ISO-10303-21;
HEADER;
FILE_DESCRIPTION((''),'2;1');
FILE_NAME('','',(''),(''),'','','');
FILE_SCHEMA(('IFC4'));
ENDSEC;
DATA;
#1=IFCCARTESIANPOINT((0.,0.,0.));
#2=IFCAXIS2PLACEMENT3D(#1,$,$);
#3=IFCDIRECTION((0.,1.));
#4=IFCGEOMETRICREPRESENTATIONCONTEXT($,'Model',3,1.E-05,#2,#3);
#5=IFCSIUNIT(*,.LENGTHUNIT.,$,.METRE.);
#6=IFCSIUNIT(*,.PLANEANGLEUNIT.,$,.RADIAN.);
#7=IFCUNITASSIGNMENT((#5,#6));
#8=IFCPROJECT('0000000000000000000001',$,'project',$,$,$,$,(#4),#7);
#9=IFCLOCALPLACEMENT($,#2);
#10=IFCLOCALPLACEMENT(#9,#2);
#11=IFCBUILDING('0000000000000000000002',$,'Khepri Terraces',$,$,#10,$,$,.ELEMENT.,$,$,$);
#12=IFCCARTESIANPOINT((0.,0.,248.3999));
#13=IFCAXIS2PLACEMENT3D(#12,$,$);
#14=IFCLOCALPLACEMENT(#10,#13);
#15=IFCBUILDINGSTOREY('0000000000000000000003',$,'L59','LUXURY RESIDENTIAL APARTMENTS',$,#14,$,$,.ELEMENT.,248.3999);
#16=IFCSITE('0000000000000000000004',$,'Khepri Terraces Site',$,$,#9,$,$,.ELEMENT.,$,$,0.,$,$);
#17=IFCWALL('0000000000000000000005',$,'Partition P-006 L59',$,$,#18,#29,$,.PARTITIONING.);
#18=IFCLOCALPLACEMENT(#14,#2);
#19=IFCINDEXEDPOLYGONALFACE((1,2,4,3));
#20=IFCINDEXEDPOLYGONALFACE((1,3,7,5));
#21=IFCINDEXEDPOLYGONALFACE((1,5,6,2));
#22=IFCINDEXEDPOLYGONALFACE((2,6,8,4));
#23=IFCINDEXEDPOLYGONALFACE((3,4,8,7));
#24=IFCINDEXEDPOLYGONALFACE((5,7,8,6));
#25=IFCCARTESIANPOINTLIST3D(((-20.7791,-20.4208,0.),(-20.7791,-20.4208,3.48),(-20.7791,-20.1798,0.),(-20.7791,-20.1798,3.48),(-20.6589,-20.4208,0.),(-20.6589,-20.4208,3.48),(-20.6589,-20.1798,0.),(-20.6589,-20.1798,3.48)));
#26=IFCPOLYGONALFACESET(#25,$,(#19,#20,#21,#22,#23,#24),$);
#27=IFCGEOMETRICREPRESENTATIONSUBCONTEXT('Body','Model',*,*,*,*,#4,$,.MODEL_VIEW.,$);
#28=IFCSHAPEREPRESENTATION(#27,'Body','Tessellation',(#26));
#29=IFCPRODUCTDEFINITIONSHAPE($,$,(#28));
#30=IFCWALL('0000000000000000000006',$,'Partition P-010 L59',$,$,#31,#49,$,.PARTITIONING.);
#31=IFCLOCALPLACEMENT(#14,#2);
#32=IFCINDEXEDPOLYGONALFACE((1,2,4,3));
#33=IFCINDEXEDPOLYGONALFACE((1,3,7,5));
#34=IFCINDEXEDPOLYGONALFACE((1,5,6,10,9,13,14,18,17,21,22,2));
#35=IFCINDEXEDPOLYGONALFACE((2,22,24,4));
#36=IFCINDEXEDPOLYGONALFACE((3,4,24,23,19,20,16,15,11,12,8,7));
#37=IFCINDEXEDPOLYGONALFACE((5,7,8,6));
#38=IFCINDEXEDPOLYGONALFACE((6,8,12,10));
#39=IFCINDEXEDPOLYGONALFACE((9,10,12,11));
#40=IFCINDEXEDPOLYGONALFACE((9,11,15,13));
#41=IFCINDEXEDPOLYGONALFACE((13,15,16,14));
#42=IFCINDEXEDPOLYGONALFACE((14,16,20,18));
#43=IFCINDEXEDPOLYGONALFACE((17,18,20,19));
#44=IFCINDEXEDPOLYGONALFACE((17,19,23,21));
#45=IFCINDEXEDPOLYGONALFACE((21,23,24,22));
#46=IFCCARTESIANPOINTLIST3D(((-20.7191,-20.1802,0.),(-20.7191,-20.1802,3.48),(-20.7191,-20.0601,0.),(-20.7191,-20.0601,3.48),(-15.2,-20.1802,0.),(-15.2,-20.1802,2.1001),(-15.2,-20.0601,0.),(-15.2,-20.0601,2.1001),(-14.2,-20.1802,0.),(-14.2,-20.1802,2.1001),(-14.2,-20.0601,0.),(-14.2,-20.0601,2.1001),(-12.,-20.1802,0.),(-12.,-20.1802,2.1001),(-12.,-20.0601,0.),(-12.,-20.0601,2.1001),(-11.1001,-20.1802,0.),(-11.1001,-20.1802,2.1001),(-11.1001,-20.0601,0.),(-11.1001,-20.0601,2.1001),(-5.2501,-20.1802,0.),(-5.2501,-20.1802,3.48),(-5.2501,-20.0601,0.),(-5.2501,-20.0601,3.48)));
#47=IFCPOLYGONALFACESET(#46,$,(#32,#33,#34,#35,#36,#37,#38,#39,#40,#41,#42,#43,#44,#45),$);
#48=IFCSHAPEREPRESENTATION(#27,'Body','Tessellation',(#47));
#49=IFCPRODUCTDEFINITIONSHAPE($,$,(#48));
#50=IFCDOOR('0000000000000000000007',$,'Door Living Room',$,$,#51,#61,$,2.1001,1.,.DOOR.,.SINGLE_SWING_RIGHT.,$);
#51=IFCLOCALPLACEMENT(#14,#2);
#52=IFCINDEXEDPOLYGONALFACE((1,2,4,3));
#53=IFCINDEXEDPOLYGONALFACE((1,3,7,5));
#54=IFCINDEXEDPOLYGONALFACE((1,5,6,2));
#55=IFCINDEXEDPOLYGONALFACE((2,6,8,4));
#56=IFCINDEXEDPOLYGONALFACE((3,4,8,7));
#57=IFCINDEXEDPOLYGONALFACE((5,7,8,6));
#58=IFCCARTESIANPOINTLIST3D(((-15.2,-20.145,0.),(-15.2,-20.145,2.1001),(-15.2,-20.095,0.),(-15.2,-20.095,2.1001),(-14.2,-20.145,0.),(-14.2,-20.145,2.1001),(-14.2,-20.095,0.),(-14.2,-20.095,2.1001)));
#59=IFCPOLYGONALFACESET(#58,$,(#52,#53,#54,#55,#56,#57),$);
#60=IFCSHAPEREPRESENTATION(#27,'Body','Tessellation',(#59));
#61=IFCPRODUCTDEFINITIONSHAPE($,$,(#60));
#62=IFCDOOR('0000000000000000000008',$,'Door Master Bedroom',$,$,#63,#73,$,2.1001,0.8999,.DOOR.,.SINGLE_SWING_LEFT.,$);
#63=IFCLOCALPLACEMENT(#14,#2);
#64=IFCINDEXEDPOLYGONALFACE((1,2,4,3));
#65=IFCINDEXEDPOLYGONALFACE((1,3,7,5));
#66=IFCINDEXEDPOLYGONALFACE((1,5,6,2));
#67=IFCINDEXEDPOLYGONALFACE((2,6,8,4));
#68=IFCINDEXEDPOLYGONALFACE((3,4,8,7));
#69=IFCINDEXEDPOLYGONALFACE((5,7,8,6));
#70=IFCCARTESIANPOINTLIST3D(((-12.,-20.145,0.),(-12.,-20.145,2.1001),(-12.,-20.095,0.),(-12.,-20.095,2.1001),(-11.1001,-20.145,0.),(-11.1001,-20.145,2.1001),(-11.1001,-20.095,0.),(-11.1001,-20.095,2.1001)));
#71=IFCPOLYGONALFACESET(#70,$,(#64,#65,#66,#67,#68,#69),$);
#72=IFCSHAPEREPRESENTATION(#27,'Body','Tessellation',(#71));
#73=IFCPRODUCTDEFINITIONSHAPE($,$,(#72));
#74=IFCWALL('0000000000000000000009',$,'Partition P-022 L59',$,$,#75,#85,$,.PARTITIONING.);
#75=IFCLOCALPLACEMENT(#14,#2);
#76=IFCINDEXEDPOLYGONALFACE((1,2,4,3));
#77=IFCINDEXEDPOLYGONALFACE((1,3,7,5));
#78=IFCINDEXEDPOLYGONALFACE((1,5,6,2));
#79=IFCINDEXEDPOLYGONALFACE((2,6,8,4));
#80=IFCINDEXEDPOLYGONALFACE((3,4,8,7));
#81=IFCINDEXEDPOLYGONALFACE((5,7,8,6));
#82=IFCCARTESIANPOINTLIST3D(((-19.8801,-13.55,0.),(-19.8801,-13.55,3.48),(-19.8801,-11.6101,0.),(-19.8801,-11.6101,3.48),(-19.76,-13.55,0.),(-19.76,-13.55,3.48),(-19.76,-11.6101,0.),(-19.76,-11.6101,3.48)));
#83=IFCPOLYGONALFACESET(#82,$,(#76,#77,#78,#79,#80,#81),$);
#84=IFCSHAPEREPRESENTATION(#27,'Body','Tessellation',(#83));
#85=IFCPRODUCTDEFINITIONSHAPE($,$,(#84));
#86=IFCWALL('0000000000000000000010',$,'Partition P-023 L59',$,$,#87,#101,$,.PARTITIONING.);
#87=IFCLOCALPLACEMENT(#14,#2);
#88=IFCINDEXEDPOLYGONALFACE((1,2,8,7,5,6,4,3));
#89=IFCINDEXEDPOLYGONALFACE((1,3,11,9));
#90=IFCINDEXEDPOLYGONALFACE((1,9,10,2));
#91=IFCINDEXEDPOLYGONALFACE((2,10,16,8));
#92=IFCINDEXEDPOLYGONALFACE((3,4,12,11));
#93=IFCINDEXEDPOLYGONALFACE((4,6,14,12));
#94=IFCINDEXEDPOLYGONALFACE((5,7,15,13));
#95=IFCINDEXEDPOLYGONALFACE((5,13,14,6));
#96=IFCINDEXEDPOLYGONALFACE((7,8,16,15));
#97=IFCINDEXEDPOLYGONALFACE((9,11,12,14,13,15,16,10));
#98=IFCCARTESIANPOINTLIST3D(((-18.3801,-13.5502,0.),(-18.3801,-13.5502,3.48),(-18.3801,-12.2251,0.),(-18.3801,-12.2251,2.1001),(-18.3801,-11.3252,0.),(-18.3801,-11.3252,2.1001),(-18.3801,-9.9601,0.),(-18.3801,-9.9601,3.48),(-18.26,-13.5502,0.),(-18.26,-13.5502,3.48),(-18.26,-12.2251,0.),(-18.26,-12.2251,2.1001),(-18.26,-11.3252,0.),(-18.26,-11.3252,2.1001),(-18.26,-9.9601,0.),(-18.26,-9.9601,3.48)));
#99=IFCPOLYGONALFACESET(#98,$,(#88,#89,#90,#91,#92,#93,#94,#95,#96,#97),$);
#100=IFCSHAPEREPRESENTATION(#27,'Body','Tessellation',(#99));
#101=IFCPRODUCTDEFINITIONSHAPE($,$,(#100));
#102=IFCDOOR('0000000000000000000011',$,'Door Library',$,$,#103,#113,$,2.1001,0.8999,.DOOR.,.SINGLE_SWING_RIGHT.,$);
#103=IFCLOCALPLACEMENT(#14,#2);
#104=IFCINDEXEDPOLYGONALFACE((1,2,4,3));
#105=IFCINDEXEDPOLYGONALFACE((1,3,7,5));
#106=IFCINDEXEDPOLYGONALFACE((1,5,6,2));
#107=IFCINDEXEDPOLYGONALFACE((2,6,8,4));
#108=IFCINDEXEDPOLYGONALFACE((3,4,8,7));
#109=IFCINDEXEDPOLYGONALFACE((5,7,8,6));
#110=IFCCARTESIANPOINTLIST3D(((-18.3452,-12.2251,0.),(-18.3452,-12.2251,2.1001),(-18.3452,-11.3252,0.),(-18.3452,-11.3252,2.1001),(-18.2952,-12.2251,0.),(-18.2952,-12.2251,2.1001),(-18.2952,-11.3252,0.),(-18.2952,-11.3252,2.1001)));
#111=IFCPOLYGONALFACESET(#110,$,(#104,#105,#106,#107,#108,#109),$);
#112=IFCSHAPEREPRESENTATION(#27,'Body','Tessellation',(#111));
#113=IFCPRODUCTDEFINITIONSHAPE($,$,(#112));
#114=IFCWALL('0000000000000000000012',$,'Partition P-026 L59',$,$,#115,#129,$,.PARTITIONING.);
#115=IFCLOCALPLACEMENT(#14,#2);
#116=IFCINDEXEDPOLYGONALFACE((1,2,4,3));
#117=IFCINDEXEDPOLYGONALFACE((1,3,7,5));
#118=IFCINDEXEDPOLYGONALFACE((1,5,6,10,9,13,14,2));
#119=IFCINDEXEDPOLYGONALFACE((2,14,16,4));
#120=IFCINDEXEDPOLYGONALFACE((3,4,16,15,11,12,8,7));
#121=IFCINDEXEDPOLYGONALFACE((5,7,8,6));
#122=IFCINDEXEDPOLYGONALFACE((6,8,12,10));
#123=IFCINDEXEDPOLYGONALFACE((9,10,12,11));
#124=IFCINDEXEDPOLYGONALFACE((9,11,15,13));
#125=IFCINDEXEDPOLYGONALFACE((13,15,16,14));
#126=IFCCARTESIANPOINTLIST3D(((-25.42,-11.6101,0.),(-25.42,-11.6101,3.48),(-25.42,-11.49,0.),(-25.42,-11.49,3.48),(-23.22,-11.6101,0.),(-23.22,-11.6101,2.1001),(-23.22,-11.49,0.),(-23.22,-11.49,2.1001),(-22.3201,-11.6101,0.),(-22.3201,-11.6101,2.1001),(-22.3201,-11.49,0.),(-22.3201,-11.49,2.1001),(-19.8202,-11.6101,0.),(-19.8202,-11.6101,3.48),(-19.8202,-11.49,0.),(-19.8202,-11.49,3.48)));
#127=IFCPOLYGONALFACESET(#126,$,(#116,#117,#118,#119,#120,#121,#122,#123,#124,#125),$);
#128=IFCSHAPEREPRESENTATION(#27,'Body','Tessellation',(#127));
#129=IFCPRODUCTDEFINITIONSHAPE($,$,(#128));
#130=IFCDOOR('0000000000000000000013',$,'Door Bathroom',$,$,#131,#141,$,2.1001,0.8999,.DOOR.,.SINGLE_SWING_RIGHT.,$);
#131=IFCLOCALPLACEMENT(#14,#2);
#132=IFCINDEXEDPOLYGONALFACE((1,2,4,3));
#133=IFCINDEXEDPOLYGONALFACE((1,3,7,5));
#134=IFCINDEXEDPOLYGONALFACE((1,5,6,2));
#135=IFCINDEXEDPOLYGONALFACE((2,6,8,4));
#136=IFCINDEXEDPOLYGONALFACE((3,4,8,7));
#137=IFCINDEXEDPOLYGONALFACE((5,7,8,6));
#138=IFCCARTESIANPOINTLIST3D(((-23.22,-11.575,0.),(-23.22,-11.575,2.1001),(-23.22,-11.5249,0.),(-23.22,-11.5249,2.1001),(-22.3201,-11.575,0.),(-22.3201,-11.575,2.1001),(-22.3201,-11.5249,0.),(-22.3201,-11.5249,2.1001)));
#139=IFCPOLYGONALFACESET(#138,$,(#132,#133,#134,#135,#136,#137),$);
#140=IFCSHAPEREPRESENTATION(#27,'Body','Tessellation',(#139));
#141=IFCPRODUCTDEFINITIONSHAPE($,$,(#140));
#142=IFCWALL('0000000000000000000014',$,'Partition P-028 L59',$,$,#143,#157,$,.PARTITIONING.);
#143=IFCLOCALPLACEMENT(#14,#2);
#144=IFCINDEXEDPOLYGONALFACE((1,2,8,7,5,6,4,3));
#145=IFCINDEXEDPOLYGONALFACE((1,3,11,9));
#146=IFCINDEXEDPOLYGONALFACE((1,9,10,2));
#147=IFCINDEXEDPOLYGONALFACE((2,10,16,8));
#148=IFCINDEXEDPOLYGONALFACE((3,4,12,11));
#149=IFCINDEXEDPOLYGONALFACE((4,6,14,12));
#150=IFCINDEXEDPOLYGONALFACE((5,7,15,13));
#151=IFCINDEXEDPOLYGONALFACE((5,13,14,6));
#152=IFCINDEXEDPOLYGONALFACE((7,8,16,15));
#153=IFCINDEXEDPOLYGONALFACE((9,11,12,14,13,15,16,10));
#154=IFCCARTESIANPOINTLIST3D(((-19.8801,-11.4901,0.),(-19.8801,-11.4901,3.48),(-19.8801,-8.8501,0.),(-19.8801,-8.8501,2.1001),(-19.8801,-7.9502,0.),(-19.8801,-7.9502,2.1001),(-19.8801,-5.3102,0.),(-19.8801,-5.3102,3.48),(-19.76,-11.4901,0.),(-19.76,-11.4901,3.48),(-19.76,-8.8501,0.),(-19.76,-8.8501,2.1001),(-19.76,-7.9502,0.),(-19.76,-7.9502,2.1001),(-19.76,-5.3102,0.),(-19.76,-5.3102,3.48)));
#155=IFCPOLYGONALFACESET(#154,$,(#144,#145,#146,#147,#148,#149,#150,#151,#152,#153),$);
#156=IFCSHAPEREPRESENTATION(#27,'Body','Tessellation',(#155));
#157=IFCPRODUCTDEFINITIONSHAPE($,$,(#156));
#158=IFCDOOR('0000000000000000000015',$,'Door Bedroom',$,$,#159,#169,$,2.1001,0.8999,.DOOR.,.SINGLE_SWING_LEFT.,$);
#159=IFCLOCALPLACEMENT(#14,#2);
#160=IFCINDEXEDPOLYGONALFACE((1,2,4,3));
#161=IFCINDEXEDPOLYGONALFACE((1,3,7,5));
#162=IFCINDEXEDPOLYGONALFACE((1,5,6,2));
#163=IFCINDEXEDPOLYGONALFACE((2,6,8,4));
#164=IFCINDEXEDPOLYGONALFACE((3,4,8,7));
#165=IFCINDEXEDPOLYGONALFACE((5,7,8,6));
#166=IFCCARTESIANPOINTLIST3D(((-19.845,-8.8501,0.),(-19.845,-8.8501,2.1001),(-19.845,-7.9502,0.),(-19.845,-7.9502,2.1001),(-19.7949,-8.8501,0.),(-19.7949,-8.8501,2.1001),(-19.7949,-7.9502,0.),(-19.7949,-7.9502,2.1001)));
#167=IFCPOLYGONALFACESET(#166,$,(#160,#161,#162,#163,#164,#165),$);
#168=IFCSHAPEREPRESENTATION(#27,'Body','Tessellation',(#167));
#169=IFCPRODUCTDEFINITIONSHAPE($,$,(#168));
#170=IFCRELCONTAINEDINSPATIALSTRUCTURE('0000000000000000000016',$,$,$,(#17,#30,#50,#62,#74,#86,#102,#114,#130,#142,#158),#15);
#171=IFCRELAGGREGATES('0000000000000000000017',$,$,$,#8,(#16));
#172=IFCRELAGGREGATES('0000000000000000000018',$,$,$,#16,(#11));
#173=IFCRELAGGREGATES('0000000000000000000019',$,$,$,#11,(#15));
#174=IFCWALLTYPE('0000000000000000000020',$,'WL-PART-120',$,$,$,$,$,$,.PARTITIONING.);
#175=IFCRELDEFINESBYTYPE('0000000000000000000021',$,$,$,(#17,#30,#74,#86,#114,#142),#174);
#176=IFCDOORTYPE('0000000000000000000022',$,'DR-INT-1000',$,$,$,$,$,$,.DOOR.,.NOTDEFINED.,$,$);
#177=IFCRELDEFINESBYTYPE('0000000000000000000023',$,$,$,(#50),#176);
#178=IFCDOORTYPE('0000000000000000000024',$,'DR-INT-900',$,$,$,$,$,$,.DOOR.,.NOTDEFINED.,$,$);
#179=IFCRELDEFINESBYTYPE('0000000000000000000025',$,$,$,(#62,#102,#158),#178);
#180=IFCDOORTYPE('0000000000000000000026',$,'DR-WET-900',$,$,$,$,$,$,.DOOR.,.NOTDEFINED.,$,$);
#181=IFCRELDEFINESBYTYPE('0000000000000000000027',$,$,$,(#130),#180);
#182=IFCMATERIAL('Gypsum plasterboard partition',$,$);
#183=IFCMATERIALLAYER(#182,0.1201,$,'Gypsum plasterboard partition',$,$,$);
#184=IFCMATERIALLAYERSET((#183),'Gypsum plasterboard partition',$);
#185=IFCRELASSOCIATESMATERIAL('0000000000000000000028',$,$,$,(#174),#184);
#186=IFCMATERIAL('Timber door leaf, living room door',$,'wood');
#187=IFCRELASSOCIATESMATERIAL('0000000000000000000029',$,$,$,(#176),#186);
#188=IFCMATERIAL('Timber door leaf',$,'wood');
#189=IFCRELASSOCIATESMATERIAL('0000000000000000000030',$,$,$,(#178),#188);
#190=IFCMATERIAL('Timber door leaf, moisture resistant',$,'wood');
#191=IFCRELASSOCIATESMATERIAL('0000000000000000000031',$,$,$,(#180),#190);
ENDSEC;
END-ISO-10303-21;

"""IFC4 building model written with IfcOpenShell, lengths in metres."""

from ifc_helpers import new_model, si_unit, direction, frame, frame_2d, origin, place, context, subcontext, project, spatial, rectangle, extrude, material, layer, layer_set, type_object, element, fill, save


model = new_model("IFC4")

# Units and contexts
model_context = context("Model", 3, precision=1e-05, world=origin(), true_north=direction((0.0, 1.0)))
body_context = subcontext(model_context, "Body", "Model", "MODEL_VIEW")
ifc_project = project(units=[si_unit("LENGTHUNIT", "METRE"), si_unit("PLANEANGLEUNIT", "RADIAN")], contexts=[model_context])

# Site, building, storey
site_placement = place(None, origin())
site = spatial("IfcSite", under=ifc_project, at=site_placement, Name="Khepri Terraces Site", CompositionType="ELEMENT", RefElevation=0.0)
building_placement = place(site_placement, origin())
building = spatial("IfcBuilding", under=site, at=building_placement, Name="Khepri Terraces", CompositionType="ELEMENT")
storey_placement = place(building_placement, frame((0.0, 0.0, 248.3999)))
storey = spatial("IfcBuildingStorey", under=building, at=storey_placement, Name="L59", Description="LUXURY RESIDENTIAL APARTMENTS", CompositionType="ELEMENT", Elevation=248.3999)

# Wall
ifc_material_1 = material(Name="Gypsum plasterboard partition")
ifc_layer_1 = layer(ifc_material_1, 0.1201, Name="Gypsum plasterboard partition")
ifc_layer_set_1 = layer_set([ifc_layer_1], Name="Gypsum plasterboard partition")
wall_type_1 = type_object("IfcWallType", Name="WL-PART-120", PredefinedType="PARTITIONING", material=ifc_layer_set_1)
wall_1_placement = place(storey_placement, frame((-20.719, -20.4209, 0.0), z_axis=(0.0, 0.0, 1.0), x_axis=(0.0, 1.0, 0.0)))
element("IfcWall", 1, at=wall_1_placement, inside=storey, type_object=wall_type_1, Name="Partition P-006 L59", PredefinedType="PARTITIONING", context=body_context, shape_type="SweptSolid", body=[
    extrude(rectangle(XDim=0.241, YDim=0.1201, at=frame_2d((0.1206, 0.0))), origin(), (0.0, 0.0, 1.0), 3.48),
])

# Wall, openings, doors
wall_2_placement = place(storey_placement, frame((-20.719, -20.1201, 0.0), z_axis=(0.0, 0.0, 1.0), x_axis=(1.0, 0.0, 0.0)))
wall_2 = element("IfcWall", 2, at=wall_2_placement, inside=storey, type_object=wall_type_1, Name="Partition P-010 L59", PredefinedType="PARTITIONING", context=body_context, shape_type="SweptSolid", body=[
    extrude(rectangle(XDim=15.469, YDim=0.1201, at=frame_2d((7.7344, 0.0))), origin(), (0.0, 0.0, 1.0), 3.48),
])
opening_1_placement = place(wall_2_placement, frame((5.519, 0.0, 0.0)))
opening_1 = element("IfcOpeningElement", 3, at=opening_1_placement, cuts=wall_2, PredefinedType="OPENING", context=body_context, shape_type="SweptSolid", body=[
    extrude(rectangle(XDim=1.0, YDim=2.1001, at=frame_2d((0.5, 1.05))), frame((0.0, 0.0701, 0.0), z_axis=(0.0, -1.0, 0.0), x_axis=(1.0, 0.0, 0.0)), (0.0, 0.0, 1.0), 0.1401),
])
opening_2_placement = place(wall_2_placement, frame((8.719, 0.0, 0.0)))
opening_2 = element("IfcOpeningElement", 4, at=opening_2_placement, cuts=wall_2, PredefinedType="OPENING", context=body_context, shape_type="SweptSolid", body=[
    extrude(rectangle(XDim=0.8999, YDim=2.1001, at=frame_2d((0.45, 1.05))), frame((0.0, 0.0701, 0.0), z_axis=(0.0, -1.0, 0.0), x_axis=(1.0, 0.0, 0.0)), (0.0, 0.0, 1.0), 0.1401),
])
ifc_material_2 = material(Name="Timber door leaf, living room door", Category="wood")
door_type_1 = type_object("IfcDoorType", Name="DR-INT-1000", OperationType="NOTDEFINED", PredefinedType="DOOR", material=ifc_material_2)
door_1_placement = place(opening_1_placement, frame((1.0, 0.0, 0.0), z_axis=(0.0, 0.0, 1.0), x_axis=(-1.0, 0.0, 0.0)))
door_1 = element("IfcDoor", 5, at=door_1_placement, inside=storey, type_object=door_type_1, Name="Door Living Room", OperationType="SINGLE_SWING_RIGHT", OverallHeight=2.1001, OverallWidth=1.0, PredefinedType="DOOR", context=body_context, shape_type="SweptSolid", body=[
    extrude(rectangle(XDim=1.0, YDim=2.1001, at=frame_2d((0.5, 1.05))), frame((0.0, 0.0249, 0.0), z_axis=(0.0, -1.0, 0.0), x_axis=(1.0, 0.0, 0.0)), (0.0, 0.0, 1.0), 0.05),
])
fill(opening_1, door_1)
ifc_material_3 = material(Name="Timber door leaf", Category="wood")
door_type_2 = type_object("IfcDoorType", Name="DR-INT-900", OperationType="NOTDEFINED", PredefinedType="DOOR", material=ifc_material_3)
door_2_placement = place(opening_2_placement, frame((0.8999, 0.0, 0.0), z_axis=(0.0, 0.0, 1.0), x_axis=(-1.0, 0.0, 0.0)))
door_2 = element("IfcDoor", 6, at=door_2_placement, inside=storey, type_object=door_type_2, Name="Door Master Bedroom", OperationType="SINGLE_SWING_LEFT", OverallHeight=2.1001, OverallWidth=0.8999, PredefinedType="DOOR", context=body_context, shape_type="SweptSolid", body=[
    extrude(rectangle(XDim=0.8999, YDim=2.1001, at=frame_2d((0.45, 1.05))), frame((0.0, 0.0249, 0.0), z_axis=(0.0, -1.0, 0.0), x_axis=(1.0, 0.0, 0.0)), (0.0, 0.0, 1.0), 0.05),
])
fill(opening_2, door_2)

# Wall
wall_3_placement = place(storey_placement, frame((-19.8201, -13.55, 0.0), z_axis=(0.0, 0.0, 1.0), x_axis=(0.0, 1.0, 0.0)))
element("IfcWall", 7, at=wall_3_placement, inside=storey, type_object=wall_type_1, Name="Partition P-022 L59", PredefinedType="PARTITIONING", context=body_context, shape_type="SweptSolid", body=[
    extrude(rectangle(XDim=1.9399, YDim=0.1201, at=frame_2d((0.97, 0.0))), origin(), (0.0, 0.0, 1.0), 3.48),
])

# Walls, openings, doors
wall_4_placement = place(storey_placement, frame((-18.3201, -13.55, 0.0), z_axis=(0.0, 0.0, 1.0), x_axis=(0.0, 1.0, 0.0)))
wall_4 = element("IfcWall", 8, at=wall_4_placement, inside=storey, type_object=wall_type_1, Name="Partition P-023 L59", PredefinedType="PARTITIONING", context=body_context, shape_type="SweptSolid", body=[
    extrude(rectangle(XDim=3.5901, YDim=0.1201, at=frame_2d((1.7949, 0.0))), origin(), (0.0, 0.0, 1.0), 3.48),
])
opening_3_placement = place(wall_4_placement, frame((1.325, 0.0, 0.0)))
opening_3 = element("IfcOpeningElement", 9, at=opening_3_placement, cuts=wall_4, PredefinedType="OPENING", context=body_context, shape_type="SweptSolid", body=[
    extrude(rectangle(XDim=0.8999, YDim=2.1001, at=frame_2d((0.45, 1.05))), frame((0.0, 0.0701, 0.0), z_axis=(0.0, -1.0, 0.0), x_axis=(1.0, 0.0, 0.0)), (0.0, 0.0, 1.0), 0.1401),
])
door_3_placement = place(opening_3_placement, frame((0.8999, 0.0, 0.0), z_axis=(0.0, 0.0, 1.0), x_axis=(-1.0, 0.0, 0.0)))
door_3 = element("IfcDoor", 10, at=door_3_placement, inside=storey, type_object=door_type_2, Name="Door Library", OperationType="SINGLE_SWING_RIGHT", OverallHeight=2.1001, OverallWidth=0.8999, PredefinedType="DOOR", context=body_context, shape_type="SweptSolid", body=[
    extrude(rectangle(XDim=0.8999, YDim=2.1001, at=frame_2d((0.45, 1.05))), frame((0.0, 0.0249, 0.0), z_axis=(0.0, -1.0, 0.0), x_axis=(1.0, 0.0, 0.0)), (0.0, 0.0, 1.0), 0.05),
])
fill(opening_3, door_3)
wall_5_placement = place(storey_placement, frame((-25.4199, -11.55, 0.0), z_axis=(0.0, 0.0, 1.0), x_axis=(1.0, 0.0, 0.0)))
wall_5 = element("IfcWall", 11, at=wall_5_placement, inside=storey, type_object=wall_type_1, Name="Partition P-026 L59", PredefinedType="PARTITIONING", context=body_context, shape_type="SweptSolid", body=[
    extrude(rectangle(XDim=5.5999, YDim=0.1201, at=frame_2d((2.7998, 0.0))), origin(), (0.0, 0.0, 1.0), 3.48),
])
opening_4_placement = place(wall_5_placement, frame((2.2, 0.0, 0.0)))
opening_4 = element("IfcOpeningElement", 12, at=opening_4_placement, cuts=wall_5, PredefinedType="OPENING", context=body_context, shape_type="SweptSolid", body=[
    extrude(rectangle(XDim=0.8999, YDim=2.1001, at=frame_2d((0.45, 1.05))), frame((0.0, 0.0701, 0.0), z_axis=(0.0, -1.0, 0.0), x_axis=(1.0, 0.0, 0.0)), (0.0, 0.0, 1.0), 0.1401),
])
ifc_material_4 = material(Name="Timber door leaf, moisture resistant", Category="wood")
door_type_3 = type_object("IfcDoorType", Name="DR-WET-900", OperationType="NOTDEFINED", PredefinedType="DOOR", material=ifc_material_4)
door_4_placement = place(opening_4_placement, frame((0.8999, 0.0, 0.0), z_axis=(0.0, 0.0, 1.0), x_axis=(-1.0, 0.0, 0.0)))
door_4 = element("IfcDoor", 13, at=door_4_placement, inside=storey, type_object=door_type_3, Name="Door Bathroom", OperationType="SINGLE_SWING_RIGHT", OverallHeight=2.1001, OverallWidth=0.8999, PredefinedType="DOOR", context=body_context, shape_type="SweptSolid", body=[
    extrude(rectangle(XDim=0.8999, YDim=2.1001, at=frame_2d((0.45, 1.05))), frame((0.0, 0.0249, 0.0), z_axis=(0.0, -1.0, 0.0), x_axis=(1.0, 0.0, 0.0)), (0.0, 0.0, 1.0), 0.05),
])
fill(opening_4, door_4)
wall_6_placement = place(storey_placement, frame((-19.8201, -11.49, 0.0), z_axis=(0.0, 0.0, 1.0), x_axis=(0.0, 1.0, 0.0)))
wall_6 = element("IfcWall", 14, at=wall_6_placement, inside=storey, type_object=wall_type_1, Name="Partition P-028 L59", PredefinedType="PARTITIONING", context=body_context, shape_type="SweptSolid", body=[
    extrude(rectangle(XDim=6.1799, YDim=0.1201, at=frame_2d((3.0898, 0.0))), origin(), (0.0, 0.0, 1.0), 3.48),
])
opening_5_placement = place(wall_6_placement, frame((2.6399, 0.0, 0.0)))
opening_5 = element("IfcOpeningElement", 15, at=opening_5_placement, cuts=wall_6, PredefinedType="OPENING", context=body_context, shape_type="SweptSolid", body=[
    extrude(rectangle(XDim=0.8999, YDim=2.1001, at=frame_2d((0.45, 1.05))), frame((0.0, 0.0701, 0.0), z_axis=(0.0, -1.0, 0.0), x_axis=(1.0, 0.0, 0.0)), (0.0, 0.0, 1.0), 0.1401),
])
door_5_placement = place(opening_5_placement, origin())
door_5 = element("IfcDoor", 16, at=door_5_placement, inside=storey, type_object=door_type_2, Name="Door Bedroom", OperationType="SINGLE_SWING_LEFT", OverallHeight=2.1001, OverallWidth=0.8999, PredefinedType="DOOR", context=body_context, shape_type="SweptSolid", body=[
    extrude(rectangle(XDim=0.8999, YDim=2.1001, at=frame_2d((0.45, 1.05))), frame((0.0, 0.0249, 0.0), z_axis=(0.0, -1.0, 0.0), x_axis=(1.0, 0.0, 0.0)), (0.0, 0.0, 1.0), 0.05),
])
fill(opening_5, door_5)

save(model, "model.ifc")
